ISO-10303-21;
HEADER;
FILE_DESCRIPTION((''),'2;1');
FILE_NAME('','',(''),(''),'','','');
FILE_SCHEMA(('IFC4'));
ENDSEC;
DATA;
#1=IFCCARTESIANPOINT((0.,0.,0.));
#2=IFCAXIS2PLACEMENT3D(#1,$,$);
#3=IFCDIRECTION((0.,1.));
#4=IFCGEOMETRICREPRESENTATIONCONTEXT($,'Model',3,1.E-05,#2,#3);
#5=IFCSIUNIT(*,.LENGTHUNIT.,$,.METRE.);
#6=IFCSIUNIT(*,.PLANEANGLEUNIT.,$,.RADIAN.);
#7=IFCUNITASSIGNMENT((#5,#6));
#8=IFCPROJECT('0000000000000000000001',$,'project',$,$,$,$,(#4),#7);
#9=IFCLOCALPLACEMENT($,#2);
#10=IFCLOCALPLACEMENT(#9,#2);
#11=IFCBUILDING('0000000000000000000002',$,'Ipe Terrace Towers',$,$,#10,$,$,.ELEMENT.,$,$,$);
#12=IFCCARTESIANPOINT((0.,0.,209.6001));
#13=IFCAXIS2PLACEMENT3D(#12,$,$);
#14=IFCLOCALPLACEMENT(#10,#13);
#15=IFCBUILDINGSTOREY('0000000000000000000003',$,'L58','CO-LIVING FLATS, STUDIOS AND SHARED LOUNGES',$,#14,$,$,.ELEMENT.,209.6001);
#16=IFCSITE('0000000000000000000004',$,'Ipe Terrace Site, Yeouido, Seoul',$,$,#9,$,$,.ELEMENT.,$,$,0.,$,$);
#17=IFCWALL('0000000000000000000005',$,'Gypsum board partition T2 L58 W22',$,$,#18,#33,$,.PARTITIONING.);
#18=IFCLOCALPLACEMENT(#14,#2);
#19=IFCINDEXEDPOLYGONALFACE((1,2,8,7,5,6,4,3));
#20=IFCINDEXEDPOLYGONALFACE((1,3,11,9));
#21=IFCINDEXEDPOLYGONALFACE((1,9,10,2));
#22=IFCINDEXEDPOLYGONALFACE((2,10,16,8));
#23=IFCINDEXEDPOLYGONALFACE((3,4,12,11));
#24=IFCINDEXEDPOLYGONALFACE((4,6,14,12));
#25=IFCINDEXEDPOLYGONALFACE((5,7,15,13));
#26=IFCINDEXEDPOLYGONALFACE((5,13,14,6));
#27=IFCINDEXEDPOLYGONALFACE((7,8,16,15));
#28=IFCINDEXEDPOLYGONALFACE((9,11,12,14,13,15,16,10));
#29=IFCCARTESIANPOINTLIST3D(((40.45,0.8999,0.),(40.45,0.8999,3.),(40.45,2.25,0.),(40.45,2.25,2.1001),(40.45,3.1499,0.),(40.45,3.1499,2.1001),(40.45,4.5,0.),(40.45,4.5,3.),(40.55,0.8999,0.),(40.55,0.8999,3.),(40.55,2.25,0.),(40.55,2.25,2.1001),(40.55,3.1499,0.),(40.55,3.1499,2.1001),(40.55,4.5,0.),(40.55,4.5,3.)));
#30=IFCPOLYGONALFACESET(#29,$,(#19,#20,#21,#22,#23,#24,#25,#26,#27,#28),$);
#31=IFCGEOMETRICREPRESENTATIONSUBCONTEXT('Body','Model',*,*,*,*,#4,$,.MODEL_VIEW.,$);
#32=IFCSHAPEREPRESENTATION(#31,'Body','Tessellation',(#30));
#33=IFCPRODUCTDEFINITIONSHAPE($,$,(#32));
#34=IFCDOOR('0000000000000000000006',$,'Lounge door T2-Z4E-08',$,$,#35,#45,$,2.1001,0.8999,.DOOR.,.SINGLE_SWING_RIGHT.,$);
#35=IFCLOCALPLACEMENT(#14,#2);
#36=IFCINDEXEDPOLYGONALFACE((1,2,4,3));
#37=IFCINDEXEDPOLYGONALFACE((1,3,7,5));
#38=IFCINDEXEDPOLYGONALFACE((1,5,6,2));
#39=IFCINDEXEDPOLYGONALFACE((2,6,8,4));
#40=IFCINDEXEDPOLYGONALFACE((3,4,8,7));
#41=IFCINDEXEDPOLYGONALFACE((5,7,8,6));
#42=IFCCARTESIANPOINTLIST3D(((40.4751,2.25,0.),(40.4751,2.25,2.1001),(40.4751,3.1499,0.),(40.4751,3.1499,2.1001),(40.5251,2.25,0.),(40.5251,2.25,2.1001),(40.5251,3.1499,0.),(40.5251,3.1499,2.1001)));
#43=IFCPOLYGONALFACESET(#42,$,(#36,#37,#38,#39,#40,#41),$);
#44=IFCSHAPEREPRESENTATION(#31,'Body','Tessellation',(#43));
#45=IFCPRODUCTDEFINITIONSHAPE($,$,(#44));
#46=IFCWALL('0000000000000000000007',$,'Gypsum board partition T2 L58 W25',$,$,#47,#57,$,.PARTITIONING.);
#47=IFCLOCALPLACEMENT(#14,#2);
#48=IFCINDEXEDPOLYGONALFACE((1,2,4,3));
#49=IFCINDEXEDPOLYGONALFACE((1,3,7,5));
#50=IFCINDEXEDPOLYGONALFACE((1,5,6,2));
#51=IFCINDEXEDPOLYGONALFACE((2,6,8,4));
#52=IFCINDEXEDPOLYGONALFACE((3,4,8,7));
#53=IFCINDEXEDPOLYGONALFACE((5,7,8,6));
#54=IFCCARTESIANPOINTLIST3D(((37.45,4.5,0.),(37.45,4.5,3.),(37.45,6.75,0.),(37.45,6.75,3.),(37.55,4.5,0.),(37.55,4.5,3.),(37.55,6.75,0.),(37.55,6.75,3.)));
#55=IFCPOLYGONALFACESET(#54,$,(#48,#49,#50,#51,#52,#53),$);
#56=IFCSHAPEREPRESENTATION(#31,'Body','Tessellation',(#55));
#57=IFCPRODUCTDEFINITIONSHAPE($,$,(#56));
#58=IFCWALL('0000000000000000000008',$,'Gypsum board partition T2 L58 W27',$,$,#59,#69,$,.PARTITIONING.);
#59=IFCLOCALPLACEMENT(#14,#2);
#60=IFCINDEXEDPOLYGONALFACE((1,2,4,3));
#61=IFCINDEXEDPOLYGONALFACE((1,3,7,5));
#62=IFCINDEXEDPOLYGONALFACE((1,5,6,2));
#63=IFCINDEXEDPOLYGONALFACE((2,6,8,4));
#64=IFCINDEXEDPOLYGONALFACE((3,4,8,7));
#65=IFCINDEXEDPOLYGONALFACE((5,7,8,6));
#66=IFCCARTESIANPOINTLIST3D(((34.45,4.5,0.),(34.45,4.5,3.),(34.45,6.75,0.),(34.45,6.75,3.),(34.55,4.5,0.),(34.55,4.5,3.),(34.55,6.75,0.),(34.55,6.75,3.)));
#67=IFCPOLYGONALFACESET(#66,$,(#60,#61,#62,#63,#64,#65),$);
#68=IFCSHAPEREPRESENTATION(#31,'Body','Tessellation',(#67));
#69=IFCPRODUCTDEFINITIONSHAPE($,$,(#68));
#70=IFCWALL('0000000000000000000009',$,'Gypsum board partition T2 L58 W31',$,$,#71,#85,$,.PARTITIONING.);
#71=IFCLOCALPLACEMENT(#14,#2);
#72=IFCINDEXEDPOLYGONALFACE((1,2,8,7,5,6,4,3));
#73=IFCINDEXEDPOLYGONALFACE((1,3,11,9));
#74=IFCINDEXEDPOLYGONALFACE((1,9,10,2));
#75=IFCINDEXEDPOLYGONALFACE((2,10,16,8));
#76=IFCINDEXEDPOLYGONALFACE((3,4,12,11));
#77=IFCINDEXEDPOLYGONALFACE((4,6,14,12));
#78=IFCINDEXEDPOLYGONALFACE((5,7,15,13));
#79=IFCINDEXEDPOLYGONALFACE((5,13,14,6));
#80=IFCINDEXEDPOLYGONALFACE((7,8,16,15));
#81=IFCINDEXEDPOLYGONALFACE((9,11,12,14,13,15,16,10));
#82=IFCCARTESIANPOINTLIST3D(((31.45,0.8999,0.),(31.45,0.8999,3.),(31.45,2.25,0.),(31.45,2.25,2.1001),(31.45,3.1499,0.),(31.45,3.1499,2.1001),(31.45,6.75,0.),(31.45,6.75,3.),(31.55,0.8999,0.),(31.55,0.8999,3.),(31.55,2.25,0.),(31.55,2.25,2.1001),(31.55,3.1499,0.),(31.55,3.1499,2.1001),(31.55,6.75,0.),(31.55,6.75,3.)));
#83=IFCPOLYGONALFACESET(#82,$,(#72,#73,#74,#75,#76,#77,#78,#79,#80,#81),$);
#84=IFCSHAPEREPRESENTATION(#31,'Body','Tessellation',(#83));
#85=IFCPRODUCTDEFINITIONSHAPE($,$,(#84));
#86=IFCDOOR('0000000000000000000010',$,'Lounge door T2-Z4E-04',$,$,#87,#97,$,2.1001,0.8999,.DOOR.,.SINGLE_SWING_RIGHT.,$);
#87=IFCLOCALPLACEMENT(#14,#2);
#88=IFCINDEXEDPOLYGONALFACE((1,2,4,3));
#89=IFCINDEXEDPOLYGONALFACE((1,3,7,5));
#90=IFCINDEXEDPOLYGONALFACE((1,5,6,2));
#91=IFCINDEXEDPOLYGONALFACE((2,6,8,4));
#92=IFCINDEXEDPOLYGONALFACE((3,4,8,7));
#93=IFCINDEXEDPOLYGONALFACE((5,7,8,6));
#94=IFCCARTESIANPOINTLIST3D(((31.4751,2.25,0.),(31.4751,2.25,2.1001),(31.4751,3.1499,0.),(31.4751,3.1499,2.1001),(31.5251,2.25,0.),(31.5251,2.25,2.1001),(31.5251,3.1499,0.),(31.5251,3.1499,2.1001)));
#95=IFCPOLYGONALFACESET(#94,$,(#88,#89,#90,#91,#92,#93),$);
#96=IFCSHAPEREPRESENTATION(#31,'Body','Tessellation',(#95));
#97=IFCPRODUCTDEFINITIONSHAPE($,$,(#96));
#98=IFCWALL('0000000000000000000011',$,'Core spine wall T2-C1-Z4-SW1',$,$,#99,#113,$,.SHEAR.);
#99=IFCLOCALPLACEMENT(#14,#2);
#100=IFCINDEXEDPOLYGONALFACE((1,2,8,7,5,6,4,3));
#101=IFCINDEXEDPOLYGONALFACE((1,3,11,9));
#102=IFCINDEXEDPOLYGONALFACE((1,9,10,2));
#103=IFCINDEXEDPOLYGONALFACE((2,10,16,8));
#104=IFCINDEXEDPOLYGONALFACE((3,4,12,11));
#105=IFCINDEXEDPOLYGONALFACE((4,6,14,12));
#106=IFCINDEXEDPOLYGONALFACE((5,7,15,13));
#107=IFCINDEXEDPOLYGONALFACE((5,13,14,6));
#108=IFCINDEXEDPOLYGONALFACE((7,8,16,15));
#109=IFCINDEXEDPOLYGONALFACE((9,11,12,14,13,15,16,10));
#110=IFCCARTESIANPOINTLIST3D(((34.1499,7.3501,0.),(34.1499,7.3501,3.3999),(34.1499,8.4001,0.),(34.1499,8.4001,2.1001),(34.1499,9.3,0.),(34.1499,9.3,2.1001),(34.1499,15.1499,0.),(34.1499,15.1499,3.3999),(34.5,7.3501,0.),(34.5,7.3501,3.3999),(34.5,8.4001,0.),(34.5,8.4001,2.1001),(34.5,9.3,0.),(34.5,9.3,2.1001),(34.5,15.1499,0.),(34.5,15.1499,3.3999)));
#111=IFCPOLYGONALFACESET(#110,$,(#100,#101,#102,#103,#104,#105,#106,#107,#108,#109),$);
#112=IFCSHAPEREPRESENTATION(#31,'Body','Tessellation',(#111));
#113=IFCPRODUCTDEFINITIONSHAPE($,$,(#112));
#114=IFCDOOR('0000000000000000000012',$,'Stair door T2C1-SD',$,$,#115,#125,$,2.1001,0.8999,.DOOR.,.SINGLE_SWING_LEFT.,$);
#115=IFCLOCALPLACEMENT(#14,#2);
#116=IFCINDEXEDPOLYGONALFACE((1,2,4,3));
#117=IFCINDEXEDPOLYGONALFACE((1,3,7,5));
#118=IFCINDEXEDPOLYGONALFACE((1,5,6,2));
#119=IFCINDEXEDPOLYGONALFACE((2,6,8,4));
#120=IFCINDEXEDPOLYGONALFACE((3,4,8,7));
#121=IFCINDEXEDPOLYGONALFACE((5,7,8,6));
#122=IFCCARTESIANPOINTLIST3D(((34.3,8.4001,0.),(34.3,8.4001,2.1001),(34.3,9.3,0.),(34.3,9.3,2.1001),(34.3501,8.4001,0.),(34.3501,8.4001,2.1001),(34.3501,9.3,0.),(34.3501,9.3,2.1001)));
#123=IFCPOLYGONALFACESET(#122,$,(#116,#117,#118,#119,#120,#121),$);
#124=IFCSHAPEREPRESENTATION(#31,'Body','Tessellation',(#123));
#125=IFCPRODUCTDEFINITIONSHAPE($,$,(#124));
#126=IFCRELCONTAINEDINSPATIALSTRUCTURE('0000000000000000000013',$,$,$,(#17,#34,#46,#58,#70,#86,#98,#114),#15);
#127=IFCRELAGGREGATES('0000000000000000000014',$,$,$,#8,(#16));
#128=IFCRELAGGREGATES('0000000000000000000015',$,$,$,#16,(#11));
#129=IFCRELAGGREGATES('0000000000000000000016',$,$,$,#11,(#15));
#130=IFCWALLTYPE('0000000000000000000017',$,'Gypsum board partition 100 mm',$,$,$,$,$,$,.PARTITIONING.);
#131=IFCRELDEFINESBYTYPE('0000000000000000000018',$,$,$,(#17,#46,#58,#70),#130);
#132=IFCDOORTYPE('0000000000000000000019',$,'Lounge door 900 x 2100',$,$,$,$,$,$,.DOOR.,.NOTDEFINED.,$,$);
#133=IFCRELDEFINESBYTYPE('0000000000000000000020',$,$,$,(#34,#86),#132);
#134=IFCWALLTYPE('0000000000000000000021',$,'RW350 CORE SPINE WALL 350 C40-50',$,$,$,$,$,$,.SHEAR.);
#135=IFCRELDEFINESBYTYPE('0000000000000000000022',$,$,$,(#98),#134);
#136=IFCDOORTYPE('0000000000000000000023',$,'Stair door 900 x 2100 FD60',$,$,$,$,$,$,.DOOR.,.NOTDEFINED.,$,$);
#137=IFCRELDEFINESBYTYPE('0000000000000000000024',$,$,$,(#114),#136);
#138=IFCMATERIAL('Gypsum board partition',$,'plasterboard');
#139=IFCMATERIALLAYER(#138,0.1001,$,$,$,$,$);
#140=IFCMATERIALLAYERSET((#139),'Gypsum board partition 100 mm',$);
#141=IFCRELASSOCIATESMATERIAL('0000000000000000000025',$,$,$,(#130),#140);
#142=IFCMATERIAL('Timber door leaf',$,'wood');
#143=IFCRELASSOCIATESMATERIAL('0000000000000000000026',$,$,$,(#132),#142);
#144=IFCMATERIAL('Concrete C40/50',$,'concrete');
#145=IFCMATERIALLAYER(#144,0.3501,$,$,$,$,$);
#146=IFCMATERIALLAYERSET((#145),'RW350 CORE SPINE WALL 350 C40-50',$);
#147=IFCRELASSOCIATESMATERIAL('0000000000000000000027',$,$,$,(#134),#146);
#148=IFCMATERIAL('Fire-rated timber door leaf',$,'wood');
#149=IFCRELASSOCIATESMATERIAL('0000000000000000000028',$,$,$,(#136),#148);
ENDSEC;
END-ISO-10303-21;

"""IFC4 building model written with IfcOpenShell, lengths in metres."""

from ifc_helpers import new_model, si_unit, direction, frame, frame_2d, origin, place, context, subcontext, project, spatial, rectangle, extrude, material, layer, layer_set, type_object, element, fill, save


model = new_model("IFC4")

# Units and contexts
model_context = context("Model", 3, precision=1e-05, world=origin(), true_north=direction((0.0, 1.0)))
body_context = subcontext(model_context, "Body", "Model", "MODEL_VIEW")
ifc_project = project(units=[si_unit("LENGTHUNIT", "METRE"), si_unit("PLANEANGLEUNIT", "RADIAN")], contexts=[model_context])

# Site, building, storey
site_placement = place(None, origin())
site = spatial("IfcSite", under=ifc_project, at=site_placement, Name="Ipe Terrace Site, Yeouido, Seoul", CompositionType="ELEMENT", RefElevation=0.0)
building_placement = place(site_placement, origin())
building = spatial("IfcBuilding", under=site, at=building_placement, Name="Ipe Terrace Towers", CompositionType="ELEMENT")
storey_placement = place(building_placement, frame((0.0, 0.0, 209.6001)))
storey = spatial("IfcBuildingStorey", under=building, at=storey_placement, Name="L58", Description="CO-LIVING FLATS, STUDIOS AND SHARED LOUNGES", CompositionType="ELEMENT", Elevation=209.6001)

# Shared definitions
ifc_material_1 = material(Name="Gypsum board partition", Category="plasterboard")
ifc_layer_1 = layer(ifc_material_1, 0.1001)
ifc_layer_set_1 = layer_set([ifc_layer_1], Name="Gypsum board partition 100 mm")
wall_type_1 = type_object("IfcWallType", Name="Gypsum board partition 100 mm", PredefinedType="PARTITIONING", material=ifc_layer_set_1)

# Wall, opening, door
ifc_material_2 = material(Name="Timber door leaf", Category="wood")
door_type_1 = type_object("IfcDoorType", Name="Lounge door 900 x 2100", OperationType="NOTDEFINED", PredefinedType="DOOR", material=ifc_material_2)
wall_1_placement = place(storey_placement, frame((40.5, 0.8999, 0.0), z_axis=(0.0, 0.0, 1.0), x_axis=(0.0, 1.0, 0.0)))
wall_1 = element("IfcWall", 1, at=wall_1_placement, inside=storey, type_object=wall_type_1, Name="Gypsum board partition T2 L58 W22", PredefinedType="PARTITIONING", context=body_context, shape_type="SweptSolid", body=[
    extrude(rectangle(XDim=3.6001, YDim=0.1001, at=frame_2d((1.8, 0.0))), origin(), (0.0, 0.0, 1.0), 3.0),
])
opening_1_placement = place(wall_1_placement, frame((1.3501, 0.0, 0.0)))
opening_1 = element("IfcOpeningElement", 2, at=opening_1_placement, cuts=wall_1, PredefinedType="OPENING", context=body_context, shape_type="SweptSolid", body=[
    extrude(rectangle(XDim=0.8999, YDim=2.1001, at=frame_2d((0.45, 1.05))), frame((0.0, 0.0601, 0.0), z_axis=(0.0, -1.0, 0.0), x_axis=(1.0, 0.0, 0.0)), (0.0, 0.0, 1.0), 0.1201),
])
door_1_placement = place(opening_1_placement, origin())
door_1 = element("IfcDoor", 3, at=door_1_placement, inside=storey, type_object=door_type_1, Name="Lounge door T2-Z4E-08", OperationType="SINGLE_SWING_RIGHT", OverallHeight=2.1001, OverallWidth=0.8999, PredefinedType="DOOR", context=body_context, shape_type="SweptSolid", body=[
    extrude(rectangle(XDim=0.8999, YDim=2.1001, at=frame_2d((0.45, 1.05))), frame((0.0, 0.0249, 0.0), z_axis=(0.0, -1.0, 0.0), x_axis=(1.0, 0.0, 0.0)), (0.0, 0.0, 1.0), 0.05),
])
fill(opening_1, door_1)

# Walls
for number, where, z_axis, x_axis, name in (
    (4, (37.5, 4.5, 0.0), (0.0, 0.0, 1.0), (0.0, 1.0, 0.0), "Gypsum board partition T2 L58 W25"),
    (5, (34.5, 4.5, 0.0), (0.0, 0.0, 1.0), (0.0, 1.0, 0.0), "Gypsum board partition T2 L58 W27"),
):
    element("IfcWall", number, at=place(storey_placement, frame(where, z_axis=z_axis, x_axis=x_axis)), inside=storey, type_object=wall_type_1, Name=name, PredefinedType="PARTITIONING", context=body_context, shape_type="SweptSolid", body=[
        extrude(rectangle(XDim=2.25, YDim=0.1001, at=frame_2d((1.125, 0.0))), origin(), (0.0, 0.0, 1.0), 3.0),
    ])

# Walls, openings, doors
wall_2_placement = place(storey_placement, frame((31.5, 0.8999, 0.0), z_axis=(0.0, 0.0, 1.0), x_axis=(0.0, 1.0, 0.0)))
wall_2 = element("IfcWall", 6, at=wall_2_placement, inside=storey, type_object=wall_type_1, Name="Gypsum board partition T2 L58 W31", PredefinedType="PARTITIONING", context=body_context, shape_type="SweptSolid", body=[
    extrude(rectangle(XDim=5.8501, YDim=0.1001, at=frame_2d((2.925, 0.0))), origin(), (0.0, 0.0, 1.0), 3.0),
])
opening_2_placement = place(wall_2_placement, frame((1.3501, 0.0, 0.0)))
opening_2 = element("IfcOpeningElement", 7, at=opening_2_placement, cuts=wall_2, PredefinedType="OPENING", context=body_context, shape_type="SweptSolid", body=[
    extrude(rectangle(XDim=0.8999, YDim=2.1001, at=frame_2d((0.45, 1.05))), frame((0.0, 0.0601, 0.0), z_axis=(0.0, -1.0, 0.0), x_axis=(1.0, 0.0, 0.0)), (0.0, 0.0, 1.0), 0.1201),
])
door_2_placement = place(opening_2_placement, origin())
door_2 = element("IfcDoor", 8, at=door_2_placement, inside=storey, type_object=door_type_1, Name="Lounge door T2-Z4E-04", OperationType="SINGLE_SWING_RIGHT", OverallHeight=2.1001, OverallWidth=0.8999, PredefinedType="DOOR", context=body_context, shape_type="SweptSolid", body=[
    extrude(rectangle(XDim=0.8999, YDim=2.1001, at=frame_2d((0.45, 1.05))), frame((0.0, 0.0249, 0.0), z_axis=(0.0, -1.0, 0.0), x_axis=(1.0, 0.0, 0.0)), (0.0, 0.0, 1.0), 0.05),
])
fill(opening_2, door_2)
ifc_material_3 = material(Name="Concrete C40/50", Category="concrete")
ifc_layer_2 = layer(ifc_material_3, 0.3501)
ifc_layer_set_2 = layer_set([ifc_layer_2], Name="RW350 CORE SPINE WALL 350 C40-50")
wall_type_2 = type_object("IfcWallType", Name="RW350 CORE SPINE WALL 350 C40-50", PredefinedType="SHEAR", material=ifc_layer_set_2)
wall_3_placement = place(storey_placement, frame((34.325, 7.3501, 0.0), z_axis=(0.0, 0.0, 1.0), x_axis=(0.0, 1.0, 0.0)))
wall_3 = element("IfcWall", 9, at=wall_3_placement, inside=storey, type_object=wall_type_2, Name="Core spine wall T2-C1-Z4-SW1", PredefinedType="SHEAR", context=body_context, shape_type="SweptSolid", body=[
    extrude(rectangle(XDim=7.7998, YDim=0.3501, at=frame_2d((3.8999, 0.0))), origin(), (0.0, 0.0, 1.0), 3.3999),
])
opening_3_placement = place(wall_3_placement, frame((1.05, 0.0, 0.0)))
opening_3 = element("IfcOpeningElement", 10, at=opening_3_placement, cuts=wall_3, PredefinedType="OPENING", context=body_context, shape_type="SweptSolid", body=[
    extrude(rectangle(XDim=0.8999, YDim=2.1001, at=frame_2d((0.45, 1.05))), frame((0.0, 0.1851, 0.0), z_axis=(0.0, -1.0, 0.0), x_axis=(1.0, 0.0, 0.0)), (0.0, 0.0, 1.0), 0.3701),
])
ifc_material_4 = material(Name="Fire-rated timber door leaf", Category="wood")
door_type_2 = type_object("IfcDoorType", Name="Stair door 900 x 2100 FD60", OperationType="NOTDEFINED", PredefinedType="DOOR", material=ifc_material_4)
door_3_placement = place(opening_3_placement, origin())
door_3 = element("IfcDoor", 11, at=door_3_placement, inside=storey, type_object=door_type_2, Name="Stair door T2C1-SD", OperationType="SINGLE_SWING_LEFT", OverallHeight=2.1001, OverallWidth=0.8999, PredefinedType="DOOR", context=body_context, shape_type="SweptSolid", body=[
    extrude(rectangle(XDim=0.8999, YDim=2.1001, at=frame_2d((0.45, 1.05))), frame((0.0, 0.0249, 0.0), z_axis=(0.0, -1.0, 0.0), x_axis=(1.0, 0.0, 0.0)), (0.0, 0.0, 1.0), 0.05),
])
fill(opening_3, door_3)

save(model, "model.ifc")
